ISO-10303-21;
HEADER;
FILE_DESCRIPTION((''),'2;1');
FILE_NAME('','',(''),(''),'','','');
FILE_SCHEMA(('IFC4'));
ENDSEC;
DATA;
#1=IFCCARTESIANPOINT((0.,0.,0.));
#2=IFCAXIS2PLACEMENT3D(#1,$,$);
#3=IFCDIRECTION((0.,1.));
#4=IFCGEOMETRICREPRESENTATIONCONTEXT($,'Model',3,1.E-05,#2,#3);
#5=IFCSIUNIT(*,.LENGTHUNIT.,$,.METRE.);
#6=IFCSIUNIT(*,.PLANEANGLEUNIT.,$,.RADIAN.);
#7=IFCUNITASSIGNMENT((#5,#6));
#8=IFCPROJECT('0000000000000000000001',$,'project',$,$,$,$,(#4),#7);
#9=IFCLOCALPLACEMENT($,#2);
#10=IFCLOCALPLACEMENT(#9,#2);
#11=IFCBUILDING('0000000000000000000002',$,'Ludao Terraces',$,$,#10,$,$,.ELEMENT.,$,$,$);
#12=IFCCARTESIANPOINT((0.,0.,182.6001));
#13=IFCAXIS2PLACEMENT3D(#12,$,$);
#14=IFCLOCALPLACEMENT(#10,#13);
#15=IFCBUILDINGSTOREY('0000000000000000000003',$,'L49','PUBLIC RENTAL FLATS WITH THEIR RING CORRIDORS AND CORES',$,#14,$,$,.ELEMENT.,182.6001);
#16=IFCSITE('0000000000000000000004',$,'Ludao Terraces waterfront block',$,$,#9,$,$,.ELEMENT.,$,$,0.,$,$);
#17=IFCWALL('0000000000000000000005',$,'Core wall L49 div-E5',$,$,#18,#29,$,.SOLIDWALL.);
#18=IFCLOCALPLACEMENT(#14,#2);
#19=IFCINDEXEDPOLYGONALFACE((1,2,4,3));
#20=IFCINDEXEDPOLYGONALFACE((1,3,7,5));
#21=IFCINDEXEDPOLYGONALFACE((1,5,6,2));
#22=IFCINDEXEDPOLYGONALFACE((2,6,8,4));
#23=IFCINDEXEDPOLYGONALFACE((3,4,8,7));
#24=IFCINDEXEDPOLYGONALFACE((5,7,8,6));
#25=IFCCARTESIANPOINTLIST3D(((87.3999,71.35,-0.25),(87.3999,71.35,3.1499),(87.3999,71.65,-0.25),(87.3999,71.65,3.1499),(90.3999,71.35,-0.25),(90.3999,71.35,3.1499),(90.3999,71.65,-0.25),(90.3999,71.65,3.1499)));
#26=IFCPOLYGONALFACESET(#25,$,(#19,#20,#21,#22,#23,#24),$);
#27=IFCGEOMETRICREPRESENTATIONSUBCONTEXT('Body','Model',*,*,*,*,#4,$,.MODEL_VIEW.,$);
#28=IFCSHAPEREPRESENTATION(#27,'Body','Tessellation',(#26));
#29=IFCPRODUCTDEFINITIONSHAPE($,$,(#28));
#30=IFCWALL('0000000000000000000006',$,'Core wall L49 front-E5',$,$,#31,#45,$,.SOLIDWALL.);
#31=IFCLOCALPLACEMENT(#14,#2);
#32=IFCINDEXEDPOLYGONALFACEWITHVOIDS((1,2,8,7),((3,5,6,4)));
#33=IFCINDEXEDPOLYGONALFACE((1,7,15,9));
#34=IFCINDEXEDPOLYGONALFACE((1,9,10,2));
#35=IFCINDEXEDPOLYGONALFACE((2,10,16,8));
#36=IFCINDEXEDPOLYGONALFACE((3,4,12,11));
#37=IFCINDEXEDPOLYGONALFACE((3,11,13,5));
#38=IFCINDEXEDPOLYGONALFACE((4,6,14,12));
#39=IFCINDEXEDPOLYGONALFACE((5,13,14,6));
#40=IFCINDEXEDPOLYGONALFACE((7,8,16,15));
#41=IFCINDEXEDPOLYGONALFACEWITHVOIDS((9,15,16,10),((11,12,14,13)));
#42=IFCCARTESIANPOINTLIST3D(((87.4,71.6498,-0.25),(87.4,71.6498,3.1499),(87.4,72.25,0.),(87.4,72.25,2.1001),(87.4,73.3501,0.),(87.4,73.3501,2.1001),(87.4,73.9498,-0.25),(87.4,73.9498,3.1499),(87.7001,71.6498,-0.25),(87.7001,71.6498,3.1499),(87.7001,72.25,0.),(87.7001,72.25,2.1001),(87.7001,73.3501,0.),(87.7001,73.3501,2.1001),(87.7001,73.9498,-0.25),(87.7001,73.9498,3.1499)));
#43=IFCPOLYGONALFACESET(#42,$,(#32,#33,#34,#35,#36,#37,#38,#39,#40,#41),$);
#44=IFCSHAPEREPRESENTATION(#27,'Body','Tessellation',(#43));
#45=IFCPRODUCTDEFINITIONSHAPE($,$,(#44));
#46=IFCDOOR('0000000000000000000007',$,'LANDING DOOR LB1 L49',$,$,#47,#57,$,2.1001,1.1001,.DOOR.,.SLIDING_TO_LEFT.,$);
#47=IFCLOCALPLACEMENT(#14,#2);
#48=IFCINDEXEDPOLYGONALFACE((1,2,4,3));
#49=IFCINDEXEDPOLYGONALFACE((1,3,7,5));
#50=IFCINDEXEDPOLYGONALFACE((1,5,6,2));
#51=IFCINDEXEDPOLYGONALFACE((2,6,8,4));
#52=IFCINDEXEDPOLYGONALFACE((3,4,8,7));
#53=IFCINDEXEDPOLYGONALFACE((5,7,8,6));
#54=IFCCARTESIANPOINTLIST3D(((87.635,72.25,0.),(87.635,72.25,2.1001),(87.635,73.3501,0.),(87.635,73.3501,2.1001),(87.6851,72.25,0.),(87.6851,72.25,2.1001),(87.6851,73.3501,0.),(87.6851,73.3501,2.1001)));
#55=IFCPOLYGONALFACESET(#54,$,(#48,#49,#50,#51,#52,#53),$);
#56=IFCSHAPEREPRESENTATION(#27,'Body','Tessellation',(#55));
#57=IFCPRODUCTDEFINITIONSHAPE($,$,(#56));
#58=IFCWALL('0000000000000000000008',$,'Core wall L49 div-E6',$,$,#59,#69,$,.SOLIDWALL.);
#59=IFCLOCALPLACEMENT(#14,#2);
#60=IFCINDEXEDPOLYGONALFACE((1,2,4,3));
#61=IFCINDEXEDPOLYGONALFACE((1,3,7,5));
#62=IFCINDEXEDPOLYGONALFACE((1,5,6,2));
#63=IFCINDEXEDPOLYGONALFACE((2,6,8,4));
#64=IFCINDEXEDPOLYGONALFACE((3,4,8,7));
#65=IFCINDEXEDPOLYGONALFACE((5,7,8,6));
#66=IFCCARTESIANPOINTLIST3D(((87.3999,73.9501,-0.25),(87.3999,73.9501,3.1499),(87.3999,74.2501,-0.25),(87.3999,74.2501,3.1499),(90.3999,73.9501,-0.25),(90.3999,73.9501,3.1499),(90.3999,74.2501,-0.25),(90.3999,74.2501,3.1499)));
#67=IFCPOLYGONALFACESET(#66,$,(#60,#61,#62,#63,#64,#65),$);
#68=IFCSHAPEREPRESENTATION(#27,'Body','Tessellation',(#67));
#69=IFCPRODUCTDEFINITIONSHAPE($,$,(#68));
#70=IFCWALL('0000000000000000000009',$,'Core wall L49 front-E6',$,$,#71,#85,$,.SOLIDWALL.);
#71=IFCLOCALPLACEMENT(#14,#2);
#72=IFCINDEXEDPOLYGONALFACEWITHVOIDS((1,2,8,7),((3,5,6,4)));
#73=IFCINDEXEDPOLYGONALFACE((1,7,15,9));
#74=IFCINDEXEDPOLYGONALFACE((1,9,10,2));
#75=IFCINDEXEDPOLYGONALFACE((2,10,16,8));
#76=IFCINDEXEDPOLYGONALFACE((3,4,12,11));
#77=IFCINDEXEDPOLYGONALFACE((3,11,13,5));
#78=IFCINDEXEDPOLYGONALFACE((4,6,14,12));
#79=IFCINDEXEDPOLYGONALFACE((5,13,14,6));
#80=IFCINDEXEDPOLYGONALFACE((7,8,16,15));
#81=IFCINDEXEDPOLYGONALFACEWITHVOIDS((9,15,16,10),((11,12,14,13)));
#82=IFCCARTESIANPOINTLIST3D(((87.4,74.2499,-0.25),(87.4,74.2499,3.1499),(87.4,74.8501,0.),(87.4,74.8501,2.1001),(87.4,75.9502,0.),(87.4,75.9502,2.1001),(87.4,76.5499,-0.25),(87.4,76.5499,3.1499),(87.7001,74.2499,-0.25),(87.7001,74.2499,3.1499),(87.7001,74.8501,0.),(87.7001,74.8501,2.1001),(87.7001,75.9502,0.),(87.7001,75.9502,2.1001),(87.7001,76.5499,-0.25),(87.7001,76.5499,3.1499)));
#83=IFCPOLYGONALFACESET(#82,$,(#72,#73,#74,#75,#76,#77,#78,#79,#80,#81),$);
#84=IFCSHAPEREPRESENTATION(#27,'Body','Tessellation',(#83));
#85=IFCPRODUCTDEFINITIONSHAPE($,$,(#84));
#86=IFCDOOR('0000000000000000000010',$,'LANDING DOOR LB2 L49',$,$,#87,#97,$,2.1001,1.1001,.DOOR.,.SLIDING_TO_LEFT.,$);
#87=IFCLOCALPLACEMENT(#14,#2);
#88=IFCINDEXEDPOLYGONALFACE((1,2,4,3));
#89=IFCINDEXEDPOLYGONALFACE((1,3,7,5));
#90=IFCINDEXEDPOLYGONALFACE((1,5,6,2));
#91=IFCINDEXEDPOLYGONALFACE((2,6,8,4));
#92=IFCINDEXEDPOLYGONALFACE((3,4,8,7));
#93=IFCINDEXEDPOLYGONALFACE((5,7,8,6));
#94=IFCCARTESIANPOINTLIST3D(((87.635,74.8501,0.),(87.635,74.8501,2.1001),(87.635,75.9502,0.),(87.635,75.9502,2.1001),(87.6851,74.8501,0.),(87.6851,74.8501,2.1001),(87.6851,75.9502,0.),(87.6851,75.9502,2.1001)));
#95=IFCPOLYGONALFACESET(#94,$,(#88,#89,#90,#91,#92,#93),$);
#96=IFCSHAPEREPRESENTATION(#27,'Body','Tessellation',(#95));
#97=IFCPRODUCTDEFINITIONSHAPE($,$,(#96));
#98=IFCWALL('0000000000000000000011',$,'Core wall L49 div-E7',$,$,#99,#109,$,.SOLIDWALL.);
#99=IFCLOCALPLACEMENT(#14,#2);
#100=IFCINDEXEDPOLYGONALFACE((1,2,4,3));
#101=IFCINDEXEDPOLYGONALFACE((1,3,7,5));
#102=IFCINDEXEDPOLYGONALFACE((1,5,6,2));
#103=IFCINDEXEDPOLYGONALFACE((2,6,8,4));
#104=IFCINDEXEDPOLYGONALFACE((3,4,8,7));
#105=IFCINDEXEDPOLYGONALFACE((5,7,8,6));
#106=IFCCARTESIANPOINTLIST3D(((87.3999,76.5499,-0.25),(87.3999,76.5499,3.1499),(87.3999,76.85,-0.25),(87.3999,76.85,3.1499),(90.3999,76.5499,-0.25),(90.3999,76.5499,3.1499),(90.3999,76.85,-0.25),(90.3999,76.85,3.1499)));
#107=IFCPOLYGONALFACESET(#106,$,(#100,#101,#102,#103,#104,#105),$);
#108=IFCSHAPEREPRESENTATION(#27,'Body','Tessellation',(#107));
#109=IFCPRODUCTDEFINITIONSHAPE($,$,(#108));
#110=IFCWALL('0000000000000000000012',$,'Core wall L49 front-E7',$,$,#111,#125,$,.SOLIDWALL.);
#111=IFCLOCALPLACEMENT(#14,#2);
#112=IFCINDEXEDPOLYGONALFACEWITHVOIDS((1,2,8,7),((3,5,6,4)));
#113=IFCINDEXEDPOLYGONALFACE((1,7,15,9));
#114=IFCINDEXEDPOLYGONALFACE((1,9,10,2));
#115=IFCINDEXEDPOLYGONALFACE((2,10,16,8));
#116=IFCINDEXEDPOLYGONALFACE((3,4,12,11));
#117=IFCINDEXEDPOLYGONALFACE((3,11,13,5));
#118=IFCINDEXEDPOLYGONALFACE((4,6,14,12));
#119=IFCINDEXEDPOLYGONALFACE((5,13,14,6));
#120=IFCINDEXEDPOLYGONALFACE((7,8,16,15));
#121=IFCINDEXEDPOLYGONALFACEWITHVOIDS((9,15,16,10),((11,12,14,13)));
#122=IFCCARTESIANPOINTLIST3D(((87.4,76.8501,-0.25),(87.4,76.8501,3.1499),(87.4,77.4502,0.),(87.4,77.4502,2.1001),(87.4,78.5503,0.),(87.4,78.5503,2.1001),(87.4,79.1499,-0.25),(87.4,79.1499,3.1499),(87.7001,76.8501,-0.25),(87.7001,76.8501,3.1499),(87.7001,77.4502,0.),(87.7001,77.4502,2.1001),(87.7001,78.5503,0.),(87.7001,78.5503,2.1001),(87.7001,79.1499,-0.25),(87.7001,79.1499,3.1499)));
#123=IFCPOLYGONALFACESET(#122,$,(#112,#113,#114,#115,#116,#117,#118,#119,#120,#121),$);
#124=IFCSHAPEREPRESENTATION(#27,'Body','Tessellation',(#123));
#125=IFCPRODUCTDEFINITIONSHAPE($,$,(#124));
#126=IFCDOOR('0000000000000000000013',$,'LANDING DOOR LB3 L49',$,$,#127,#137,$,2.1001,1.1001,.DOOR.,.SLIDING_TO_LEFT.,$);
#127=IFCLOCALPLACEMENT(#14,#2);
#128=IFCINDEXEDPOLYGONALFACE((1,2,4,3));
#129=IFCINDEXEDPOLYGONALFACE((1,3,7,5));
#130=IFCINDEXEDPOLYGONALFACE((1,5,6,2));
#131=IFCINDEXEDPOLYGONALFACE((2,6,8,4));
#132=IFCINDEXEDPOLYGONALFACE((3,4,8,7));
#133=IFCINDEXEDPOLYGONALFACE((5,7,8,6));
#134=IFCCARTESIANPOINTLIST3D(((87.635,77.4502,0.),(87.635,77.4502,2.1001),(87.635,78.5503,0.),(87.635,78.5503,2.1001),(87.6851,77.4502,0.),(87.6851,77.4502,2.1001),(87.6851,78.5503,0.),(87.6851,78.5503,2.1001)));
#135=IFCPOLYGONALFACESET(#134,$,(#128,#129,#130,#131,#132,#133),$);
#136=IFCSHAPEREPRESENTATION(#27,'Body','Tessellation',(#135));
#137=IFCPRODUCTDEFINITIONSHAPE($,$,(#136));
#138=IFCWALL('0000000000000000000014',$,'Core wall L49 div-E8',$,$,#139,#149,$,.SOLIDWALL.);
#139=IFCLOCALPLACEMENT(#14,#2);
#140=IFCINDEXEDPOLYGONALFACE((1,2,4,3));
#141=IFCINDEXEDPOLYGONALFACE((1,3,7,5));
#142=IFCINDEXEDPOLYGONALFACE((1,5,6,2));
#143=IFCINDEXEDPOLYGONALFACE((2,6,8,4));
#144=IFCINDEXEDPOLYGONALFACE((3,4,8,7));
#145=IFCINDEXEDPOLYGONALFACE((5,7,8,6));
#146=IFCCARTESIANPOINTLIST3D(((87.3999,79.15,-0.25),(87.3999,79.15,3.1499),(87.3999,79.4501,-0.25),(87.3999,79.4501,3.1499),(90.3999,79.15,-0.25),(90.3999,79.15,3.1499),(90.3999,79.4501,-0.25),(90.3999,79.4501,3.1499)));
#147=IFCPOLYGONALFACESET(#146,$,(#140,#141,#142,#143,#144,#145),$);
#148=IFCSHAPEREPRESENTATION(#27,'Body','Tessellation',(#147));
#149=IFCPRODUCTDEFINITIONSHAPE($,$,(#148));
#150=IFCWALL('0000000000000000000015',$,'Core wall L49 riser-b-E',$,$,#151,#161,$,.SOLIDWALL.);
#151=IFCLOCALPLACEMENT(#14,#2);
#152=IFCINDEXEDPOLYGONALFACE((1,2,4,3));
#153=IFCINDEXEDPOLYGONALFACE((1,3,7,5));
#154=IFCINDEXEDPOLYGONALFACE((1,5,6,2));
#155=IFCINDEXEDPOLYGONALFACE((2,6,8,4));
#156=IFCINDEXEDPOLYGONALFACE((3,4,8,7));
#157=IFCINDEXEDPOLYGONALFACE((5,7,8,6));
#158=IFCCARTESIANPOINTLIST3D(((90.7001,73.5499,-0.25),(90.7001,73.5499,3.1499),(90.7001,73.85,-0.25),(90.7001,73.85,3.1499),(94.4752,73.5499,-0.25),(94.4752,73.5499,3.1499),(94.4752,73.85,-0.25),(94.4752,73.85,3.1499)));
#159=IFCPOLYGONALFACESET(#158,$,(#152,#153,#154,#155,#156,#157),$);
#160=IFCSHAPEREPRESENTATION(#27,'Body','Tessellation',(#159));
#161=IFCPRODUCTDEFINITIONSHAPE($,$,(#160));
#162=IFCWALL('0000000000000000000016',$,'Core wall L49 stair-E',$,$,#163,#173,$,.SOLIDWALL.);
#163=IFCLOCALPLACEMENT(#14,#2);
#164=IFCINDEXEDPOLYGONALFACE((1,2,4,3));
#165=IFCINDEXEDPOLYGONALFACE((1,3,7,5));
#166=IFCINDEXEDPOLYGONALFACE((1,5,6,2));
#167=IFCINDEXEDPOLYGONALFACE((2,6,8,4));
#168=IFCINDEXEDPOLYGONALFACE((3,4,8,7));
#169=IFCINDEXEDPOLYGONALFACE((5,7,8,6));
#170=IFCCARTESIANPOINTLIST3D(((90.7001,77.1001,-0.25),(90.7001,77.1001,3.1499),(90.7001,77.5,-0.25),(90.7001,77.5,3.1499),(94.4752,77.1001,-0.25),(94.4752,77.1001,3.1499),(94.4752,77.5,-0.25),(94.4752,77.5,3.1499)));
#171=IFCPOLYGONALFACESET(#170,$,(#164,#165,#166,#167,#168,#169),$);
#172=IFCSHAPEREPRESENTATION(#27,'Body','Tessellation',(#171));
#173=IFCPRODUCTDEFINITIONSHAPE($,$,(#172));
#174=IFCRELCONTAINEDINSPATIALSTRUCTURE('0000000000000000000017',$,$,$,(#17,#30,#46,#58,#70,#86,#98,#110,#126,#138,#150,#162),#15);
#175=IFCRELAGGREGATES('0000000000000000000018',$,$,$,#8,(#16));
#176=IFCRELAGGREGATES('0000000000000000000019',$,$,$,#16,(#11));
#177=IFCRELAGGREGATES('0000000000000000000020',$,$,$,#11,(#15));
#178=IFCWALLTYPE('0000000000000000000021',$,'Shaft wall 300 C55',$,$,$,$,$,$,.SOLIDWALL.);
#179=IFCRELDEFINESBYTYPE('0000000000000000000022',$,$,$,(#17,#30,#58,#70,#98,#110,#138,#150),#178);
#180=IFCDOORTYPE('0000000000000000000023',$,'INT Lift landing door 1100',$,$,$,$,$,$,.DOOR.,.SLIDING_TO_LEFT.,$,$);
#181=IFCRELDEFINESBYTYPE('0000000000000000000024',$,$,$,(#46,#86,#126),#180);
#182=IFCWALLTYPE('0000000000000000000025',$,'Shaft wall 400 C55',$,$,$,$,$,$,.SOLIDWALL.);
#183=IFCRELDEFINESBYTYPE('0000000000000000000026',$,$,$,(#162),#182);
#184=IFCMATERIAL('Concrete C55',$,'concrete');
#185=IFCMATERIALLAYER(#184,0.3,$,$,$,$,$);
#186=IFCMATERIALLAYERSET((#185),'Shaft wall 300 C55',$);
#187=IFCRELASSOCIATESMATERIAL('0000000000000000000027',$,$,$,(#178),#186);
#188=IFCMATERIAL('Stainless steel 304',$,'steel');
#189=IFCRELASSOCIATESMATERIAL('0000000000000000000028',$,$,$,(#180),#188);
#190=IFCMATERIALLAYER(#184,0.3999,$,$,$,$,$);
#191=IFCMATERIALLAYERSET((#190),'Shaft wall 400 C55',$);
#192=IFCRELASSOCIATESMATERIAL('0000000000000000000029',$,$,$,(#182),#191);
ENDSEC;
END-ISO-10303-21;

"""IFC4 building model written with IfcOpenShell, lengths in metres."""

from ifc_helpers import new_model, si_unit, direction, frame, frame_2d, origin, place, context, subcontext, project, spatial, rectangle, extrude, material, layer, layer_set, type_object, element, fill, save


model = new_model("IFC4")

# Units and contexts
model_context = context("Model", 3, precision=1e-05, world=origin(), true_north=direction((0.0, 1.0)))
body_context = subcontext(model_context, "Body", "Model", "MODEL_VIEW")
ifc_project = project(units=[si_unit("LENGTHUNIT", "METRE"), si_unit("PLANEANGLEUNIT", "RADIAN")], contexts=[model_context])

# Site, building, storey
site_placement = place(None, origin())
site = spatial("IfcSite", under=ifc_project, at=site_placement, Name="Ludao Terraces waterfront block", CompositionType="ELEMENT", RefElevation=0.0)
building_placement = place(site_placement, origin())
building = spatial("IfcBuilding", under=site, at=building_placement, Name="Ludao Terraces", CompositionType="ELEMENT")
storey_placement = place(building_placement, frame((0.0, 0.0, 182.6001)))
storey = spatial("IfcBuildingStorey", under=building, at=storey_placement, Name="L49", Description="PUBLIC RENTAL FLATS WITH THEIR RING CORRIDORS AND CORES", CompositionType="ELEMENT", Elevation=182.6001)

# Shared definitions
ifc_material_1 = material(Name="Concrete C55", Category="concrete")
ifc_layer_1 = layer(ifc_material_1, 0.3)
ifc_layer_set_1 = layer_set([ifc_layer_1], Name="Shaft wall 300 C55")
wall_type_1 = type_object("IfcWallType", Name="Shaft wall 300 C55", PredefinedType="SOLIDWALL", material=ifc_layer_set_1)

# Shared definitions
ifc_material_2 = material(Name="Stainless steel 304", Category="steel")
door_type_1 = type_object("IfcDoorType", Name="INT Lift landing door 1100", OperationType="SLIDING_TO_LEFT", PredefinedType="DOOR", material=ifc_material_2)

# Wall
wall_1_placement = place(storey_placement, frame((87.3999, 71.5, -0.25), z_axis=(0.0, 0.0, 1.0), x_axis=(1.0, 0.0, 0.0)))
element("IfcWall", 1, at=wall_1_placement, inside=storey, type_object=wall_type_1, Name="Core wall L49 div-E5", PredefinedType="SOLIDWALL", context=body_context, shape_type="SweptSolid", body=[
    extrude(rectangle(XDim=3.0, YDim=0.3, at=frame_2d((1.5, 0.0))), origin(), (0.0, 0.0, 1.0), 3.3999),
])

# Wall, opening, door
wall_2_placement = place(storey_placement, frame((87.55, 71.6499, -0.25), z_axis=(0.0, 0.0, 1.0), x_axis=(0.0, 1.0, 0.0)))
wall_2 = element("IfcWall", 2, at=wall_2_placement, inside=storey, type_object=wall_type_1, Name="Core wall L49 front-E5", PredefinedType="SOLIDWALL", context=body_context, shape_type="SweptSolid", body=[
    extrude(rectangle(XDim=2.3, YDim=0.3, at=frame_2d((1.1499, 0.0))), origin(), (0.0, 0.0, 1.0), 3.3999),
])
opening_1_placement = place(wall_2_placement, frame((0.6001, 0.0, 0.25)))
opening_1 = element("IfcOpeningElement", 3, at=opening_1_placement, cuts=wall_2, PredefinedType="OPENING", context=body_context, shape_type="SweptSolid", body=[
    extrude(rectangle(XDim=1.1001, YDim=2.1001, at=frame_2d((0.55, 1.05))), frame((0.0, 0.1602, 0.0), z_axis=(0.0, -1.0, 0.0), x_axis=(1.0, 0.0, 0.0)), (0.0, 0.0, 1.0), 0.3201),
])
door_1_placement = place(opening_1_placement, origin())
door_1 = element("IfcDoor", 4, at=door_1_placement, inside=storey, type_object=door_type_1, Name="LANDING DOOR LB1 L49", OperationType="SLIDING_TO_LEFT", OverallHeight=2.1001, OverallWidth=1.1001, PredefinedType="DOOR", context=body_context, shape_type="SweptSolid", body=[
    extrude(rectangle(XDim=1.1001, YDim=2.1001, at=frame_2d((0.55, 1.05))), frame((0.0, -0.085, 0.0), z_axis=(0.0, -1.0, 0.0), x_axis=(1.0, 0.0, 0.0)), (0.0, 0.0, 1.0), 0.05),
])
fill(opening_1, door_1)

# Wall
wall_3_placement = place(storey_placement, frame((87.3999, 74.1001, -0.25), z_axis=(0.0, 0.0, 1.0), x_axis=(1.0, 0.0, 0.0)))
element("IfcWall", 5, at=wall_3_placement, inside=storey, type_object=wall_type_1, Name="Core wall L49 div-E6", PredefinedType="SOLIDWALL", context=body_context, shape_type="SweptSolid", body=[
    extrude(rectangle(XDim=3.0, YDim=0.3, at=frame_2d((1.5, 0.0))), origin(), (0.0, 0.0, 1.0), 3.3999),
])

# Wall, opening, door
wall_4_placement = place(storey_placement, frame((87.55, 74.25, -0.25), z_axis=(0.0, 0.0, 1.0), x_axis=(0.0, 1.0, 0.0)))
wall_4 = element("IfcWall", 6, at=wall_4_placement, inside=storey, type_object=wall_type_1, Name="Core wall L49 front-E6", PredefinedType="SOLIDWALL", context=body_context, shape_type="SweptSolid", body=[
    extrude(rectangle(XDim=2.3, YDim=0.3, at=frame_2d((1.1499, 0.0))), origin(), (0.0, 0.0, 1.0), 3.3999),
])
opening_2_placement = place(wall_4_placement, frame((0.6001, 0.0, 0.25)))
opening_2 = element("IfcOpeningElement", 7, at=opening_2_placement, cuts=wall_4, PredefinedType="OPENING", context=body_context, shape_type="SweptSolid", body=[
    extrude(rectangle(XDim=1.1001, YDim=2.1001, at=frame_2d((0.55, 1.05))), frame((0.0, 0.1602, 0.0), z_axis=(0.0, -1.0, 0.0), x_axis=(1.0, 0.0, 0.0)), (0.0, 0.0, 1.0), 0.3201),
])
door_2_placement = place(opening_2_placement, origin())
door_2 = element("IfcDoor", 8, at=door_2_placement, inside=storey, type_object=door_type_1, Name="LANDING DOOR LB2 L49", OperationType="SLIDING_TO_LEFT", OverallHeight=2.1001, OverallWidth=1.1001, PredefinedType="DOOR", context=body_context, shape_type="SweptSolid", body=[
    extrude(rectangle(XDim=1.1001, YDim=2.1001, at=frame_2d((0.55, 1.05))), frame((0.0, -0.085, 0.0), z_axis=(0.0, -1.0, 0.0), x_axis=(1.0, 0.0, 0.0)), (0.0, 0.0, 1.0), 0.05),
])
fill(opening_2, door_2)

# Wall
wall_5_placement = place(storey_placement, frame((87.3999, 76.7, -0.25), z_axis=(0.0, 0.0, 1.0), x_axis=(1.0, 0.0, 0.0)))
element("IfcWall", 9, at=wall_5_placement, inside=storey, type_object=wall_type_1, Name="Core wall L49 div-E7", PredefinedType="SOLIDWALL", context=body_context, shape_type="SweptSolid", body=[
    extrude(rectangle(XDim=3.0, YDim=0.3, at=frame_2d((1.5, 0.0))), origin(), (0.0, 0.0, 1.0), 3.3999),
])

# Wall, opening, door
wall_6_placement = place(storey_placement, frame((87.55, 76.8501, -0.25), z_axis=(0.0, 0.0, 1.0), x_axis=(0.0, 1.0, 0.0)))
wall_6 = element("IfcWall", 10, at=wall_6_placement, inside=storey, type_object=wall_type_1, Name="Core wall L49 front-E7", PredefinedType="SOLIDWALL", context=body_context, shape_type="SweptSolid", body=[
    extrude(rectangle(XDim=2.2998, YDim=0.3, at=frame_2d((1.1499, 0.0))), origin(), (0.0, 0.0, 1.0), 3.3999),
])
opening_3_placement = place(wall_6_placement, frame((0.6001, 0.0, 0.25)))
opening_3 = element("IfcOpeningElement", 11, at=opening_3_placement, cuts=wall_6, PredefinedType="OPENING", context=body_context, shape_type="SweptSolid", body=[
    extrude(rectangle(XDim=1.1001, YDim=2.1001, at=frame_2d((0.55, 1.05))), frame((0.0, 0.1602, 0.0), z_axis=(0.0, -1.0, 0.0), x_axis=(1.0, 0.0, 0.0)), (0.0, 0.0, 1.0), 0.3201),
])
door_3_placement = place(opening_3_placement, origin())
door_3 = element("IfcDoor", 12, at=door_3_placement, inside=storey, type_object=door_type_1, Name="LANDING DOOR LB3 L49", OperationType="SLIDING_TO_LEFT", OverallHeight=2.1001, OverallWidth=1.1001, PredefinedType="DOOR", context=body_context, shape_type="SweptSolid", body=[
    extrude(rectangle(XDim=1.1001, YDim=2.1001, at=frame_2d((0.55, 1.05))), frame((0.0, -0.085, 0.0), z_axis=(0.0, -1.0, 0.0), x_axis=(1.0, 0.0, 0.0)), (0.0, 0.0, 1.0), 0.05),
])
fill(opening_3, door_3)

# Walls
wall_7_placement = place(storey_placement, frame((87.3999, 79.3, -0.25), z_axis=(0.0, 0.0, 1.0), x_axis=(1.0, 0.0, 0.0)))
element("IfcWall", 13, at=wall_7_placement, inside=storey, type_object=wall_type_1, Name="Core wall L49 div-E8", PredefinedType="SOLIDWALL", context=body_context, shape_type="SweptSolid", body=[
    extrude(rectangle(XDim=3.0, YDim=0.3, at=frame_2d((1.5, 0.0))), origin(), (0.0, 0.0, 1.0), 3.3999),
])
wall_8_placement = place(storey_placement, frame((90.7, 73.7, -0.25), z_axis=(0.0, 0.0, 1.0), x_axis=(1.0, 0.0, 0.0)))
element("IfcWall", 14, at=wall_8_placement, inside=storey, type_object=wall_type_1, Name="Core wall L49 riser-b-E", PredefinedType="SOLIDWALL", context=body_context, shape_type="SweptSolid", body=[
    extrude(rectangle(XDim=3.7751, YDim=0.3, at=frame_2d((1.8877, 0.0))), origin(), (0.0, 0.0, 1.0), 3.3999),
])
ifc_layer_2 = layer(ifc_material_1, 0.3999)
ifc_layer_set_2 = layer_set([ifc_layer_2], Name="Shaft wall 400 C55")
wall_type_2 = type_object("IfcWallType", Name="Shaft wall 400 C55", PredefinedType="SOLIDWALL", material=ifc_layer_set_2)
wall_9_placement = place(storey_placement, frame((90.7, 77.3, -0.25), z_axis=(0.0, 0.0, 1.0), x_axis=(1.0, 0.0, 0.0)))
element("IfcWall", 15, at=wall_9_placement, inside=storey, type_object=wall_type_2, Name="Core wall L49 stair-E", PredefinedType="SOLIDWALL", context=body_context, shape_type="SweptSolid", body=[
    extrude(rectangle(XDim=3.7751, YDim=0.3999, at=frame_2d((1.8877, 0.0))), origin(), (0.0, 0.0, 1.0), 3.3999),
])

save(model, "model.ifc")
